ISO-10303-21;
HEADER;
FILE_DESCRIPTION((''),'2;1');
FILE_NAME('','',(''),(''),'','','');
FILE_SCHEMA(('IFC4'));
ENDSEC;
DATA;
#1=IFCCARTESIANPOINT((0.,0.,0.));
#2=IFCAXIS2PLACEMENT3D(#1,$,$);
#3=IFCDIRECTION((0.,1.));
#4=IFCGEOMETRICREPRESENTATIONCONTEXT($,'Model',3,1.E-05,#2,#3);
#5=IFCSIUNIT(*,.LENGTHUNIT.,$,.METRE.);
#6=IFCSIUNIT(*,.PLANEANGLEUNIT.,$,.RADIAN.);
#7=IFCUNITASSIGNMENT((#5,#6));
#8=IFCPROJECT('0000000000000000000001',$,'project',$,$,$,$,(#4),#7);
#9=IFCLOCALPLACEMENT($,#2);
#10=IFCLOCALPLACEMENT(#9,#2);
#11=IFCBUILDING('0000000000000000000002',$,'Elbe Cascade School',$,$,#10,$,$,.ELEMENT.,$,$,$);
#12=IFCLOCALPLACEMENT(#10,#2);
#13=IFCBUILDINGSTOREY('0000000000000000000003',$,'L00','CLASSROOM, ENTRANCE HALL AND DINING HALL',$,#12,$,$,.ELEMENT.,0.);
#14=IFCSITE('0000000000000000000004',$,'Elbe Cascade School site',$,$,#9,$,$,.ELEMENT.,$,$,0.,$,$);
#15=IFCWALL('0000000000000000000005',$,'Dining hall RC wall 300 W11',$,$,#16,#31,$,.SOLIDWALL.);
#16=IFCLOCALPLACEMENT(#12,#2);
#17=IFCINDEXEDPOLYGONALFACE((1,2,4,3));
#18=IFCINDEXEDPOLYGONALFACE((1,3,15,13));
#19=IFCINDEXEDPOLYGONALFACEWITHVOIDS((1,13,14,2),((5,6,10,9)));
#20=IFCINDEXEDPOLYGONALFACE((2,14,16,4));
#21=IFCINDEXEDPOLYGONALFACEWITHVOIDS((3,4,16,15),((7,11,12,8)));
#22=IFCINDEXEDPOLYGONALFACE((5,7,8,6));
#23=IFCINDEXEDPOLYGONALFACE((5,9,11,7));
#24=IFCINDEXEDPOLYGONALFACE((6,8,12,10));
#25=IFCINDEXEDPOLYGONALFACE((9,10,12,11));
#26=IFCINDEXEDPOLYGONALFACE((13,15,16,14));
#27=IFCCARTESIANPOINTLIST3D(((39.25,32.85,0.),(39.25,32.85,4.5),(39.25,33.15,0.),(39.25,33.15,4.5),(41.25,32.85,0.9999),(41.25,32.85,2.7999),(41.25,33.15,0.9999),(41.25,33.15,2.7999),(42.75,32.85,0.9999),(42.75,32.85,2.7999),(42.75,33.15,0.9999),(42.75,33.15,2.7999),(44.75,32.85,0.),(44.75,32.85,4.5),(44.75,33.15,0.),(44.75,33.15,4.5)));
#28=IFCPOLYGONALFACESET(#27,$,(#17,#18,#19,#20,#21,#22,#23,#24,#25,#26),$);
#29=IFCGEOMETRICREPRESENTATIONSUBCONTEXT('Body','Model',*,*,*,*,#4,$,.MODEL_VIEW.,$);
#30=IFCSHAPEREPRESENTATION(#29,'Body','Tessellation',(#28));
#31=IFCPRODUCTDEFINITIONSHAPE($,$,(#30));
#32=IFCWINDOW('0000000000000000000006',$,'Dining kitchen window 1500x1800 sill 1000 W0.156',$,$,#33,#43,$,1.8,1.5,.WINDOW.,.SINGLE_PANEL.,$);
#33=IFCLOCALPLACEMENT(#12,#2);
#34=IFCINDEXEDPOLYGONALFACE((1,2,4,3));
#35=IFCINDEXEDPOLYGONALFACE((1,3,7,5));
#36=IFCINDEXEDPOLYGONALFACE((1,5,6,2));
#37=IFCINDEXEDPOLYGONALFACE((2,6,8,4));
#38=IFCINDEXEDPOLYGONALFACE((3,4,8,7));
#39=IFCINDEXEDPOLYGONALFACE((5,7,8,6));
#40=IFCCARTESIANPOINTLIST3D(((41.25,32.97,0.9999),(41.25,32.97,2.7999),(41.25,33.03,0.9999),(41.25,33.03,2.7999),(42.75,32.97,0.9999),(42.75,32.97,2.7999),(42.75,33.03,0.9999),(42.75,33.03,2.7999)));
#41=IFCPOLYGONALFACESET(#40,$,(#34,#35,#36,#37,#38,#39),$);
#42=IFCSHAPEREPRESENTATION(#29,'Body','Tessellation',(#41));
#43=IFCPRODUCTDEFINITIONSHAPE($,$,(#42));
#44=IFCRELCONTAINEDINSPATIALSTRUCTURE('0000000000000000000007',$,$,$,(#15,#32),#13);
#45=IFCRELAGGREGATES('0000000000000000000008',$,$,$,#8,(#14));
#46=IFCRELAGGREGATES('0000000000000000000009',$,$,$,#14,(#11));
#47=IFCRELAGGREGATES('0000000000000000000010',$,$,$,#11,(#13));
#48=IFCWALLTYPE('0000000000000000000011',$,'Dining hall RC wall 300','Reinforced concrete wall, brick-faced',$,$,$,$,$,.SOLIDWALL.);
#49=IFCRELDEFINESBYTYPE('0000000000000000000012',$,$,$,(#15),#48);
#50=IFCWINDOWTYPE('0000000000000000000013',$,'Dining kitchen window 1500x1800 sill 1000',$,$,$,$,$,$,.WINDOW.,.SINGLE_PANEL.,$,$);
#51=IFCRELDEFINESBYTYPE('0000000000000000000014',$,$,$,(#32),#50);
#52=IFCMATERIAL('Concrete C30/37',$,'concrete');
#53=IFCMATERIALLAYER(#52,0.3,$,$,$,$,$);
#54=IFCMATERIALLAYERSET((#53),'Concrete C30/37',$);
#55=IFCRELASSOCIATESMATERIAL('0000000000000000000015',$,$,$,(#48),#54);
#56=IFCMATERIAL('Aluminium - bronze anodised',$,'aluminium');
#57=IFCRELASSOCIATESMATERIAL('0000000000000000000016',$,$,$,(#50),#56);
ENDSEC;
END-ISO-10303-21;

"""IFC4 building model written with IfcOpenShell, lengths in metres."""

from ifc_helpers import new_model, si_unit, direction, frame, frame_2d, origin, place, context, subcontext, project, spatial, rectangle, extrude, material, layer, layer_set, type_object, element, fill, save


model = new_model("IFC4")

# Units and contexts
model_context = context("Model", 3, precision=1e-05, world=origin(), true_north=direction((0.0, 1.0)))
body_context = subcontext(model_context, "Body", "Model", "MODEL_VIEW")
ifc_project = project(units=[si_unit("LENGTHUNIT", "METRE"), si_unit("PLANEANGLEUNIT", "RADIAN")], contexts=[model_context])

# Site, building, storey
site_placement = place(None, origin())
site = spatial("IfcSite", under=ifc_project, at=site_placement, Name="Elbe Cascade School site", CompositionType="ELEMENT", RefElevation=0.0)
building_placement = place(site_placement, origin())
building = spatial("IfcBuilding", under=site, at=building_placement, Name="Elbe Cascade School", CompositionType="ELEMENT")
storey_placement = place(building_placement, origin())
storey = spatial("IfcBuildingStorey", under=building, at=storey_placement, Name="L00", Description="CLASSROOM, ENTRANCE HALL AND DINING HALL", CompositionType="ELEMENT", Elevation=0.0)

# Wall, opening, window
ifc_material_1 = material(Name="Concrete C30/37", Category="concrete")
ifc_layer_1 = layer(ifc_material_1, 0.3)
ifc_layer_set_1 = layer_set([ifc_layer_1], Name="Concrete C30/37")
wall_type = type_object("IfcWallType", Name="Dining hall RC wall 300", Description="Reinforced concrete wall, brick-faced", PredefinedType="SOLIDWALL", material=ifc_layer_set_1)
wall_placement = place(storey_placement, frame((39.25, 33.0, 0.0), z_axis=(0.0, 0.0, 1.0), x_axis=(1.0, 0.0, 0.0)))
wall = element("IfcWall", 1, at=wall_placement, inside=storey, type_object=wall_type, Name="Dining hall RC wall 300 W11", PredefinedType="SOLIDWALL", context=body_context, shape_type="SweptSolid", body=[
    extrude(rectangle(XDim=5.5, YDim=0.3, at=frame_2d((2.75, 0.0))), origin(), (0.0, 0.0, 1.0), 4.5),
])
opening_placement = place(wall_placement, frame((2.0, 0.0, 1.0)))
opening = element("IfcOpeningElement", 2, at=opening_placement, cuts=wall, PredefinedType="OPENING", context=body_context, shape_type="SweptSolid", body=[
    extrude(rectangle(XDim=1.5, YDim=1.8, at=frame_2d((0.75, 0.8999))), frame((0.0, 0.1599, 0.0), z_axis=(0.0, -1.0, 0.0), x_axis=(1.0, 0.0, 0.0)), (0.0, 0.0, 1.0), 0.3201),
])
ifc_material_2 = material(Name="Aluminium - bronze anodised", Category="aluminium")
window_type = type_object("IfcWindowType", Name="Dining kitchen window 1500x1800 sill 1000", PartitioningType="SINGLE_PANEL", PredefinedType="WINDOW", material=ifc_material_2)
window_placement = place(opening_placement, origin())
window = element("IfcWindow", 3, at=window_placement, inside=storey, type_object=window_type, Name="Dining kitchen window 1500x1800 sill 1000 W0.156", OverallHeight=1.8, OverallWidth=1.5, PartitioningType="SINGLE_PANEL", PredefinedType="WINDOW", context=body_context, shape_type="SweptSolid", body=[
    extrude(rectangle(XDim=1.5, YDim=1.8, at=frame_2d((0.75, 0.8999))), frame((0.0, 0.03, 0.0), z_axis=(0.0, -1.0, 0.0), x_axis=(1.0, 0.0, 0.0)), (0.0, 0.0, 1.0), 0.0601),
])
fill(opening, window)

save(model, "model.ifc")
